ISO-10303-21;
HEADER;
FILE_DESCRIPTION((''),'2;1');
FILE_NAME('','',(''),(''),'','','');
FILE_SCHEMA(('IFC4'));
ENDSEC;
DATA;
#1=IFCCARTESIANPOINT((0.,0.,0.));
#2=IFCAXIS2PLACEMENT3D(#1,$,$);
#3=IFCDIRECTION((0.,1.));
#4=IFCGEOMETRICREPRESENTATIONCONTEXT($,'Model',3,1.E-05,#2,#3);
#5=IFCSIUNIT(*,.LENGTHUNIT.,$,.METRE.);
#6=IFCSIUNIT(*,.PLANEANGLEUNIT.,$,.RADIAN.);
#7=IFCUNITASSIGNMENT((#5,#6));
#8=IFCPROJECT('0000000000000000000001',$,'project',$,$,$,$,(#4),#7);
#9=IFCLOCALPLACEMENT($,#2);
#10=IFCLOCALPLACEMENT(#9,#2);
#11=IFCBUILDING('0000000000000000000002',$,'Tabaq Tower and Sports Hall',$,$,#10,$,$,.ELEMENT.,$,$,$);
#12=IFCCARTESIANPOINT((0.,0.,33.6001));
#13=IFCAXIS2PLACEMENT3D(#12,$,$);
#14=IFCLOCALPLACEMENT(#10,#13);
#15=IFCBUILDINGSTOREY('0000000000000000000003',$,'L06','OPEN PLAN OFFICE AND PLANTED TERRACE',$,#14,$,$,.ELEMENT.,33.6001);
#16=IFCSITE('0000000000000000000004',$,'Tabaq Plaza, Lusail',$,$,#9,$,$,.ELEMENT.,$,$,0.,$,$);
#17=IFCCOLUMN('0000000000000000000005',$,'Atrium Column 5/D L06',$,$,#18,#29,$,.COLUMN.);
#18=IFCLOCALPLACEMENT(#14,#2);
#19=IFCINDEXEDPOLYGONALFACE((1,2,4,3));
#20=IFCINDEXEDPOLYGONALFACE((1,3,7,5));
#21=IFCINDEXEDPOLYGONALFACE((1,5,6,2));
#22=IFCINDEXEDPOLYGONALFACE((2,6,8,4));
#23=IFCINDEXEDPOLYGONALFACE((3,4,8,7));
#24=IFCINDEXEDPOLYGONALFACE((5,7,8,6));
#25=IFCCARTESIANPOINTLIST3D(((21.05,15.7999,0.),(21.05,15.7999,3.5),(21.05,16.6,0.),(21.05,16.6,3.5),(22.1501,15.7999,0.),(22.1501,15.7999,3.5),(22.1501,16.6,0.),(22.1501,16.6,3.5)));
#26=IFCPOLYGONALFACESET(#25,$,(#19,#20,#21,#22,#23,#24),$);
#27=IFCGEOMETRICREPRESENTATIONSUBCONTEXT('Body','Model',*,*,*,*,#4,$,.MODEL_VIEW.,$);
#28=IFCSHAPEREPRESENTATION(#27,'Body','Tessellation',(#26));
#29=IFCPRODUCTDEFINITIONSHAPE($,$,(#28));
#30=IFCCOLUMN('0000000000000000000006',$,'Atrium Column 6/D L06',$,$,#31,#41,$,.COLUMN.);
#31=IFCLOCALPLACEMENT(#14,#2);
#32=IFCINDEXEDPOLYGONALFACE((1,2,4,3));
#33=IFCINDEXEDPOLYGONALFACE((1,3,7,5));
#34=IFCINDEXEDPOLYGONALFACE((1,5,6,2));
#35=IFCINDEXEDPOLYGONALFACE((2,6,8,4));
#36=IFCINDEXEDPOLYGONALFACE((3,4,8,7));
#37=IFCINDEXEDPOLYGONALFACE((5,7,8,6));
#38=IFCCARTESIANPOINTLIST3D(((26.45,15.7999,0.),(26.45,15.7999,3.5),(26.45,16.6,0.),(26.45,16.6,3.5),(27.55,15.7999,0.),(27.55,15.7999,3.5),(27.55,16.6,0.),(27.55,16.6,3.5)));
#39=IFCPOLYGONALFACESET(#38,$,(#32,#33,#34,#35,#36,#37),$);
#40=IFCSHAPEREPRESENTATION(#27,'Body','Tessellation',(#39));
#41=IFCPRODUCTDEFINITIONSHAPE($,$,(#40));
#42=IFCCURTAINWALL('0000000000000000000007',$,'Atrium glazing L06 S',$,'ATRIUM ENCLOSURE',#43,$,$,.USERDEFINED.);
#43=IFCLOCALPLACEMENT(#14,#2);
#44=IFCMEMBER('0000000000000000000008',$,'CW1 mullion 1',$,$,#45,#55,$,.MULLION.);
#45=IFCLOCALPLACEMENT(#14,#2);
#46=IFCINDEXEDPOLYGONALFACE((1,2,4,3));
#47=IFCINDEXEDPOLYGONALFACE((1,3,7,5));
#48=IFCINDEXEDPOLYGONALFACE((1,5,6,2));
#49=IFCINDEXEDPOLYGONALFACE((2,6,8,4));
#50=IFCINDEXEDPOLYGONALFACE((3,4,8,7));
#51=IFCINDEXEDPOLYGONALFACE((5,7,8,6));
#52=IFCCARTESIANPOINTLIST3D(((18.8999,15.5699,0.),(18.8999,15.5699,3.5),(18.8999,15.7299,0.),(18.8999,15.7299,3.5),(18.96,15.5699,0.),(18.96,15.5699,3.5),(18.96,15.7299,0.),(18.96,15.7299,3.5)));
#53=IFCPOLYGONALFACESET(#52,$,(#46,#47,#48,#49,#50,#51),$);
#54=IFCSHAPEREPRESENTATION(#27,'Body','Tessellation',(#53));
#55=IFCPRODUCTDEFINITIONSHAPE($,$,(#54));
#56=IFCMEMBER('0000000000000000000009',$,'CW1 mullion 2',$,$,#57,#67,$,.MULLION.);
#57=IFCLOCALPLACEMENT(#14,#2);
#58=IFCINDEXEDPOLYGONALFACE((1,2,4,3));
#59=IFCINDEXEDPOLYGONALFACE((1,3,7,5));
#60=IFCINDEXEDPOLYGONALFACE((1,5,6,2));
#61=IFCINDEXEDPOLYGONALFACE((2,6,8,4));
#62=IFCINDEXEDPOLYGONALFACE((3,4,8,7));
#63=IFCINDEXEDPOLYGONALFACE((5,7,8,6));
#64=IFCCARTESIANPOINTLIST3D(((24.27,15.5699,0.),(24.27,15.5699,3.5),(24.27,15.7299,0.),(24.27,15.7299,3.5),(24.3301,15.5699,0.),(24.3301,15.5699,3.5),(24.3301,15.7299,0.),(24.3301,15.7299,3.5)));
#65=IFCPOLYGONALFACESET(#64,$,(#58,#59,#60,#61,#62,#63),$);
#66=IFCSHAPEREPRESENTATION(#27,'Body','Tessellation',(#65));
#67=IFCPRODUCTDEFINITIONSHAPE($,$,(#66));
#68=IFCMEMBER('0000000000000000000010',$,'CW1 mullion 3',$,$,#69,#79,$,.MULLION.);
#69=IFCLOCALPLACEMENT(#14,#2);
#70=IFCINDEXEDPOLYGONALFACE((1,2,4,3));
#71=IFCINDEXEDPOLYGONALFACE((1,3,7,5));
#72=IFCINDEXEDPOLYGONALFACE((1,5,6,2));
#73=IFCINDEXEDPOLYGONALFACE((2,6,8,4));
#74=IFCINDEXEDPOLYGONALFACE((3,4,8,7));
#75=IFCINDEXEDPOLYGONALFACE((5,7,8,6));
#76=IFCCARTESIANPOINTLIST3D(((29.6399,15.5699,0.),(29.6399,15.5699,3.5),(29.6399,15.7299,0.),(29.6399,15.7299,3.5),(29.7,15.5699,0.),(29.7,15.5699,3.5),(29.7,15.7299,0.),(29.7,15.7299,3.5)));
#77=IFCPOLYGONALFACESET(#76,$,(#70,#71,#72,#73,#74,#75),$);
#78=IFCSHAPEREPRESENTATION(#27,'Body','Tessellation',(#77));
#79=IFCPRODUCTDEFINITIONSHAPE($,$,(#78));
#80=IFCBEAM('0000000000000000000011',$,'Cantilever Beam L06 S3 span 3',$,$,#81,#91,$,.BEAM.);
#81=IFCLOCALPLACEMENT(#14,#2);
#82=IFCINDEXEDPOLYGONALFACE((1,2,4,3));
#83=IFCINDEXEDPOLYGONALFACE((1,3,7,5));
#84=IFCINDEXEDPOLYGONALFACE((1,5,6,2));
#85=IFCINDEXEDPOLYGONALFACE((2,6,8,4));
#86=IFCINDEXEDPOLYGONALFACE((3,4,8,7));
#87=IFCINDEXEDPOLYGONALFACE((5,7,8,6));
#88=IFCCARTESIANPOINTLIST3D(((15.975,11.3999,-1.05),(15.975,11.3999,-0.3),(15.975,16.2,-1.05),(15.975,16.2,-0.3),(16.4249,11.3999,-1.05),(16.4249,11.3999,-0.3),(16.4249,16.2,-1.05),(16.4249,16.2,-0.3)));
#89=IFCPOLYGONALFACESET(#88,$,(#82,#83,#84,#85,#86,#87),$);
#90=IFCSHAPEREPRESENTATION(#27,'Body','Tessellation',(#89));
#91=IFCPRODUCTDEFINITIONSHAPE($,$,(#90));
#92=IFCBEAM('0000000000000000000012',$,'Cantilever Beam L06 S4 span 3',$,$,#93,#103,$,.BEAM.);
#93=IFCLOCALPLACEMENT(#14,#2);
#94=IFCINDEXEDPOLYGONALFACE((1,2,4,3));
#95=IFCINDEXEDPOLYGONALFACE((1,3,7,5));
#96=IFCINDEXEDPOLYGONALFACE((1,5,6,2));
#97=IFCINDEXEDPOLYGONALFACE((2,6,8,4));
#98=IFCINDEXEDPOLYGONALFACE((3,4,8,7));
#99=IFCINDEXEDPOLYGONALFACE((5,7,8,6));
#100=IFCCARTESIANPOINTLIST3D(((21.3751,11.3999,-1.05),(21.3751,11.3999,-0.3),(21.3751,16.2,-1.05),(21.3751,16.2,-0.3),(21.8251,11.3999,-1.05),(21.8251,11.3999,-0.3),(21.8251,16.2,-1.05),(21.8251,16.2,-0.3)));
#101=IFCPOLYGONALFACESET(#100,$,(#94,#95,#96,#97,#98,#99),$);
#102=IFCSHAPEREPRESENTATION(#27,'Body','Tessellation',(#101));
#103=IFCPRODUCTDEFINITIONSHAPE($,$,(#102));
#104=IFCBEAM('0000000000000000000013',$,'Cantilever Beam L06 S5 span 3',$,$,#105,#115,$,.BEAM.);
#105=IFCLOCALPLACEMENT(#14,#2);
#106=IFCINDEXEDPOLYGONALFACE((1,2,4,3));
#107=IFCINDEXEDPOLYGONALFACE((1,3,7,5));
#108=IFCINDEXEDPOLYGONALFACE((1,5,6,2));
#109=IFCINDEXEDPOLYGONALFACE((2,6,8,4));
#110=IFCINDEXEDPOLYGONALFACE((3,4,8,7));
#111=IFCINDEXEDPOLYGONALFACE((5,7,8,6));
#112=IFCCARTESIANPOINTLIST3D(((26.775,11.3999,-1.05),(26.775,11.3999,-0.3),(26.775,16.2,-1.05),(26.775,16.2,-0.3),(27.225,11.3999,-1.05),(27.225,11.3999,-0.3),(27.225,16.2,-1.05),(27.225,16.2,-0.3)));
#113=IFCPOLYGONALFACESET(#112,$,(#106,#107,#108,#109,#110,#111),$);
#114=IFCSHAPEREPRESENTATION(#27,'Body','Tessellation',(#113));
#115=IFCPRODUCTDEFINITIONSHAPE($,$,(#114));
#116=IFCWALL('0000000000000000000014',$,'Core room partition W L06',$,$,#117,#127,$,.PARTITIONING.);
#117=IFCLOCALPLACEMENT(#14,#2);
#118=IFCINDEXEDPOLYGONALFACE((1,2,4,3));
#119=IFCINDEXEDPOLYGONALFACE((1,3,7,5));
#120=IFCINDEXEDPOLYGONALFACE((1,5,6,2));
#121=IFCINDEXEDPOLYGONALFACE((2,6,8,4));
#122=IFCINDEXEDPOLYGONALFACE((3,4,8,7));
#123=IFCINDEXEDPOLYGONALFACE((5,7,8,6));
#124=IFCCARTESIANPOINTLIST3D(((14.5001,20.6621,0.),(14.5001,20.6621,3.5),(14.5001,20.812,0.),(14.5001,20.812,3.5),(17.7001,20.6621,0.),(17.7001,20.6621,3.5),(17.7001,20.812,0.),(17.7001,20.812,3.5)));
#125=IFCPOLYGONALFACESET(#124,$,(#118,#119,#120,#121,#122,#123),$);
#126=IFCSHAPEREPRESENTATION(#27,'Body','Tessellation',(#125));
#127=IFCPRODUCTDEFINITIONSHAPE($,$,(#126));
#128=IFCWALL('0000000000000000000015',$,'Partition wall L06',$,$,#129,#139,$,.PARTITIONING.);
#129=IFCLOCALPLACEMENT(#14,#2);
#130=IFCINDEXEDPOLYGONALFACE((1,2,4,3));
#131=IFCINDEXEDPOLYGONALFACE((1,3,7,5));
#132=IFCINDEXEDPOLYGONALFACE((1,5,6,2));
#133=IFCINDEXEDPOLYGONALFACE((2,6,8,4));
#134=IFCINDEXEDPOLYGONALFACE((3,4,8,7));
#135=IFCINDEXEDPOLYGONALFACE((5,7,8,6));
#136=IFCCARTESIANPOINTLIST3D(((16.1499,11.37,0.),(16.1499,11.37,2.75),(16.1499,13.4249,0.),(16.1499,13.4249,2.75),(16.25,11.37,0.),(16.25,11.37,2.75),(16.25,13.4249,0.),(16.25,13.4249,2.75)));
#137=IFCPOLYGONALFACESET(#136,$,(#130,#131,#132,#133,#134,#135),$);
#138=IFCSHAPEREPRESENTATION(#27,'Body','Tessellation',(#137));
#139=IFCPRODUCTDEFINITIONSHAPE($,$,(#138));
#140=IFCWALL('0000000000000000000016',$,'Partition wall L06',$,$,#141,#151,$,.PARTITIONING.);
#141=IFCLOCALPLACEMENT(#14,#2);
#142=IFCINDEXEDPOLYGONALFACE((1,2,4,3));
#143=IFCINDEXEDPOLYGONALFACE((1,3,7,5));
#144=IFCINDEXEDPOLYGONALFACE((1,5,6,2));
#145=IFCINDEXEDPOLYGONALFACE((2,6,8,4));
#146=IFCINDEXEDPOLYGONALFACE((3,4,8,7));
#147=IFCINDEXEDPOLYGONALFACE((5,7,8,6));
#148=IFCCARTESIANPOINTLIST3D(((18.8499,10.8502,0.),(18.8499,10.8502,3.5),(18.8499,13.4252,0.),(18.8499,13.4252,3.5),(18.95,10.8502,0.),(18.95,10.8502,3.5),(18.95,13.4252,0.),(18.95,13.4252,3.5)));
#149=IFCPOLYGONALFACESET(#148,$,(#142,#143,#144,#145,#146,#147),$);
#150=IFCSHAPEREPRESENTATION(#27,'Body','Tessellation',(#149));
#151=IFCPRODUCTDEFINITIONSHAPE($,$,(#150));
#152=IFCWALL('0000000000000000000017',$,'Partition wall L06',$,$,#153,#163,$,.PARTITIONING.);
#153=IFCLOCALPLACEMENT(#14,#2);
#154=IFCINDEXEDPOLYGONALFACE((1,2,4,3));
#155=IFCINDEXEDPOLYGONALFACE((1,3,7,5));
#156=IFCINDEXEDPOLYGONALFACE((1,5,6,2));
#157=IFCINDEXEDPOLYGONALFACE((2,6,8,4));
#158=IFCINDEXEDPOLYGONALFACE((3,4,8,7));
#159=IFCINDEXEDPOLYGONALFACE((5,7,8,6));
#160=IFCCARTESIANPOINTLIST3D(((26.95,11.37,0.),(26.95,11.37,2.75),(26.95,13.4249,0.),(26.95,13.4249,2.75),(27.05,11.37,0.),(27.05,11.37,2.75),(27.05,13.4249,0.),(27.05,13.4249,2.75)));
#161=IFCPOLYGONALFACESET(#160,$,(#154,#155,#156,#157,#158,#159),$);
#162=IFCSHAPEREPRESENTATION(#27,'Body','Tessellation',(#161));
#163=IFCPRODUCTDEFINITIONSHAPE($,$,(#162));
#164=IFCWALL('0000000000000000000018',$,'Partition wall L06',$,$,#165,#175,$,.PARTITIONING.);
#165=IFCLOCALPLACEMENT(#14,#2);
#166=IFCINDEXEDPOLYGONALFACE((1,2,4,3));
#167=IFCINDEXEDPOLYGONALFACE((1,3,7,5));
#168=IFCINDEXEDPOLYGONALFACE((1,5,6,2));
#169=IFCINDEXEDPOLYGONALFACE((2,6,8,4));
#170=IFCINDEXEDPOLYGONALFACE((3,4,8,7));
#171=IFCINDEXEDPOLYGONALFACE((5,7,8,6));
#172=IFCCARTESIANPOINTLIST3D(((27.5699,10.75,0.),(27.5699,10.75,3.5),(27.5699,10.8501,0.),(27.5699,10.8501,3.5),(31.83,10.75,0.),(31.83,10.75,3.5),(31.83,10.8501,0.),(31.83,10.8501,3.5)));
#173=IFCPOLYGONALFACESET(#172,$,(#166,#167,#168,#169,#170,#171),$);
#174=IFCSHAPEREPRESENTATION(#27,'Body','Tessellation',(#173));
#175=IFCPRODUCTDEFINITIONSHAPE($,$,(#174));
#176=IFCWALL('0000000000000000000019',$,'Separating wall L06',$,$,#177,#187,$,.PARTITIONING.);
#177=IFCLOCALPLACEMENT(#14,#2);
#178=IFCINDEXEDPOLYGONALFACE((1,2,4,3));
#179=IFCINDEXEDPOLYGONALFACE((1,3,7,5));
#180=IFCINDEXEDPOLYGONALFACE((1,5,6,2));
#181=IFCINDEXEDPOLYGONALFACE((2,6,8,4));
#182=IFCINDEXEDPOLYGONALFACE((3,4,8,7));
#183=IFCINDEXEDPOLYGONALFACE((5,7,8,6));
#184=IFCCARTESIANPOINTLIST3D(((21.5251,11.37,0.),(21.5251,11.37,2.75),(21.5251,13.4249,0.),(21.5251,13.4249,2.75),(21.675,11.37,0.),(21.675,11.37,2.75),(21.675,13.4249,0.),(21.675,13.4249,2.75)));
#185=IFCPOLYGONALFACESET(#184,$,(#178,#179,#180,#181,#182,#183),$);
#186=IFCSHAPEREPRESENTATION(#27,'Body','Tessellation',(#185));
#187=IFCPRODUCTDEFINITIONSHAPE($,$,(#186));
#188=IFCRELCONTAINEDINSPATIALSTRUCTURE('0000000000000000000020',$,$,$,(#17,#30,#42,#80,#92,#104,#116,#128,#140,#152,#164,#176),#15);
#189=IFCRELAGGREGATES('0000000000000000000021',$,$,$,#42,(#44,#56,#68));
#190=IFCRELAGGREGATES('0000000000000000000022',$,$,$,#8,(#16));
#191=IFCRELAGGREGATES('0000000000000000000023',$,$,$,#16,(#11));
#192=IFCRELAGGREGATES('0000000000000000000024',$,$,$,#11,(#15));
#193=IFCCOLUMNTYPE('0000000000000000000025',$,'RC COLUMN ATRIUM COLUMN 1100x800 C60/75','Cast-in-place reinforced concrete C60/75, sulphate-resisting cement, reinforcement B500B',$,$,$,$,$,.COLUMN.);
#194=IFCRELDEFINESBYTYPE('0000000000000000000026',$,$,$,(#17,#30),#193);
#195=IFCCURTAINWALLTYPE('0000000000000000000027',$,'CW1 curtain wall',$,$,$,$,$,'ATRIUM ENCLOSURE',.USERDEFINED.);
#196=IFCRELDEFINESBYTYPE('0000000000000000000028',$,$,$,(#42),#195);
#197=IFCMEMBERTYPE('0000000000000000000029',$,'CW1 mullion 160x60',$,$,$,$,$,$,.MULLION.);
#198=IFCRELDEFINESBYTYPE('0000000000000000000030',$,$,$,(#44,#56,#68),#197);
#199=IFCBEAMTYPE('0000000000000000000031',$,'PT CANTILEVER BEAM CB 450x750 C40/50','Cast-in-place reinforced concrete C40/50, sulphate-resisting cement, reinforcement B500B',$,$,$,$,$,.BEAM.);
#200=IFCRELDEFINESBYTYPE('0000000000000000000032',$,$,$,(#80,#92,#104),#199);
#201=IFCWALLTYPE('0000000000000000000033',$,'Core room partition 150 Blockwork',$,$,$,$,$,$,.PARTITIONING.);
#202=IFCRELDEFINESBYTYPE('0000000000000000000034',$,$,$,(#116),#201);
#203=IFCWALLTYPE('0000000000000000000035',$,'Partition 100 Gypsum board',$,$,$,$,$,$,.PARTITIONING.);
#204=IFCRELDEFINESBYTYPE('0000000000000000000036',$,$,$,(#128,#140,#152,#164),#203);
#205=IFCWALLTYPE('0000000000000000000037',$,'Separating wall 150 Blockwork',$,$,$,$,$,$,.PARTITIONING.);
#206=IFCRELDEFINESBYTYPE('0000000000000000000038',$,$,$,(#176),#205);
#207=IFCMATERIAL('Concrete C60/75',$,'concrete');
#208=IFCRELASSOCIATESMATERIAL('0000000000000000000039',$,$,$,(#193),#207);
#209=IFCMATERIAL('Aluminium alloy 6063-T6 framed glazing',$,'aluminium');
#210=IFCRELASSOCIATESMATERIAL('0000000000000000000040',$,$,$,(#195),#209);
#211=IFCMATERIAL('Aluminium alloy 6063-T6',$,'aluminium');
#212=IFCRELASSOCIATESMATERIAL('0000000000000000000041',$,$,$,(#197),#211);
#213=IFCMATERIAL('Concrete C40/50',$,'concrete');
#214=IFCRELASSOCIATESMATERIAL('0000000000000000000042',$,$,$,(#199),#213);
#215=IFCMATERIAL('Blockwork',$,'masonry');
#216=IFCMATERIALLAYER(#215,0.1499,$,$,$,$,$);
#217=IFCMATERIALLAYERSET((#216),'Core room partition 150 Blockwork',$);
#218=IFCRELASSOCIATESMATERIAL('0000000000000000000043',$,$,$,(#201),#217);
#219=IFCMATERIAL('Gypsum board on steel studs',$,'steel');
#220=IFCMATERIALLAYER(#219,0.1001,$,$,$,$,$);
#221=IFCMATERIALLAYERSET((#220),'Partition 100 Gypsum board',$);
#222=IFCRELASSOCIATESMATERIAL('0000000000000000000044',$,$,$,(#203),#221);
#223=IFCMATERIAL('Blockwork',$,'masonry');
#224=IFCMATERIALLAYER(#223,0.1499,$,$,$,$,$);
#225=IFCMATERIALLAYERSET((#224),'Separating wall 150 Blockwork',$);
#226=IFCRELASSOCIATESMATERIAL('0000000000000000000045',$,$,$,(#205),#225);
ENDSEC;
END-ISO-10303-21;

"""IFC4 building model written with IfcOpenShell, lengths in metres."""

from ifc_helpers import new_model, si_unit, direction, frame, frame_2d, origin, origin_2d, place, context, subcontext, project, spatial, rectangle, extrude, material, layer, layer_set, material_profile, profile_set, type_object, element, aggregate, save


model = new_model("IFC4")

# Units and contexts
model_context = context("Model", 3, precision=1e-05, world=origin(), true_north=direction((0.0, 1.0)))
body_context = subcontext(model_context, "Body", "Model", "MODEL_VIEW")
ifc_project = project(units=[si_unit("LENGTHUNIT", "METRE"), si_unit("PLANEANGLEUNIT", "RADIAN")], contexts=[model_context])

# Site, building, storey
site_placement = place(None, origin())
site = spatial("IfcSite", under=ifc_project, at=site_placement, Name="Tabaq Plaza, Lusail", CompositionType="ELEMENT", RefElevation=0.0)
building_placement = place(site_placement, origin())
building = spatial("IfcBuilding", under=site, at=building_placement, Name="Tabaq Tower and Sports Hall", CompositionType="ELEMENT")
storey_placement = place(building_placement, frame((0.0, 0.0, 33.6001)))
storey = spatial("IfcBuildingStorey", under=building, at=storey_placement, Name="L06", Description="OPEN PLAN OFFICE AND PLANTED TERRACE", CompositionType="ELEMENT", Elevation=33.6001)

# Columns
ifc_material_1 = material(Name="Concrete C60/75", Category="concrete")
ifc_material_profile_1 = material_profile(ifc_material_1, rectangle(XDim=1.1001, YDim=0.8, at=origin_2d()), Name="ATRIUM COLUMN 1100x800")
ifc_profile_set_1 = profile_set([ifc_material_profile_1], Name="Concrete C60/75")
column_type = type_object("IfcColumnType", Name="RC COLUMN ATRIUM COLUMN 1100x800 C60/75", Description="Cast-in-place reinforced concrete C60/75, sulphate-resisting cement, reinforcement B500B", PredefinedType="COLUMN", material=ifc_profile_set_1)
for number, where, z_axis, x_axis, name in (
    (1, (21.6001, 16.2, 0.0), (0.0, 0.0, 1.0), (1.0, 0.0, 0.0), "Atrium Column 5/D L06"),
    (2, (27.0, 16.2, 0.0), (0.0, 0.0, 1.0), (1.0, 0.0, 0.0), "Atrium Column 6/D L06"),
):
    element("IfcColumn", number, at=place(storey_placement, frame(where, z_axis=z_axis, x_axis=x_axis)), inside=storey, type_object=column_type, Name=name, PredefinedType="COLUMN", context=body_context, shape_type="SweptSolid", body=[
        extrude(rectangle(XDim=1.1001, YDim=0.8, at=origin_2d()), origin(), (0.0, 0.0, 1.0), 3.5),
    ])

# Curtain wall, members
ifc_material_2 = material(Name="Aluminium alloy 6063-T6 framed glazing", Category="aluminium")
curtain_wall_type = type_object("IfcCurtainWallType", Name="CW1 curtain wall", ElementType="ATRIUM ENCLOSURE", PredefinedType="USERDEFINED", material=ifc_material_2)
curtain_wall_placement = place(storey_placement, origin())
curtain_wall = element("IfcCurtainWall", 3, at=curtain_wall_placement, inside=storey, type_object=curtain_wall_type, Name="Atrium glazing L06 S", ObjectType="ATRIUM ENCLOSURE", PredefinedType="USERDEFINED")
ifc_material_3 = material(Name="Aluminium alloy 6063-T6", Category="aluminium")
ifc_material_profile_2 = material_profile(ifc_material_3, rectangle(XDim=0.1599, YDim=0.0601, at=origin_2d()), Name="MULLION 160x60")
ifc_profile_set_2 = profile_set([ifc_material_profile_2], Name="Aluminium alloy 6063-T6")
member_type = type_object("IfcMemberType", Name="CW1 mullion 160x60", PredefinedType="MULLION", material=ifc_profile_set_2)
member_1_placement = place(storey_placement, frame((18.9299, 15.6499, 0.0), z_axis=(0.0, 0.0, 1.0), x_axis=(0.0, 1.0, 0.0)))
member_1 = element("IfcMember", 4, at=member_1_placement, type_object=member_type, Name="CW1 mullion 1", PredefinedType="MULLION", context=body_context, shape_type="SweptSolid", body=[
    extrude(rectangle(XDim=0.1599, YDim=0.0601, at=origin_2d()), origin(), (0.0, 0.0, 1.0), 3.5),
])
member_2_placement = place(storey_placement, frame((24.3, 15.6499, 0.0), z_axis=(0.0, 0.0, 1.0), x_axis=(0.0, 1.0, 0.0)))
member_2 = element("IfcMember", 5, at=member_2_placement, type_object=member_type, Name="CW1 mullion 2", PredefinedType="MULLION", context=body_context, shape_type="SweptSolid", body=[
    extrude(rectangle(XDim=0.1599, YDim=0.0601, at=origin_2d()), origin(), (0.0, 0.0, 1.0), 3.5),
])
member_3_placement = place(storey_placement, frame((29.6699, 15.6499, 0.0), z_axis=(0.0, 0.0, 1.0), x_axis=(0.0, 1.0, 0.0)))
member_3 = element("IfcMember", 6, at=member_3_placement, type_object=member_type, Name="CW1 mullion 3", PredefinedType="MULLION", context=body_context, shape_type="SweptSolid", body=[
    extrude(rectangle(XDim=0.1599, YDim=0.0601, at=origin_2d()), origin(), (0.0, 0.0, 1.0), 3.5),
])
aggregate(curtain_wall, [member_1, member_2, member_3])

# Beams
ifc_material_4 = material(Name="Concrete C40/50", Category="concrete")
ifc_material_profile_3 = material_profile(ifc_material_4, rectangle(XDim=0.45, YDim=0.75, at=origin_2d()), Name="CB 450x750")
ifc_profile_set_3 = profile_set([ifc_material_profile_3], Name="Concrete C40/50")
beam_type = type_object("IfcBeamType", Name="PT CANTILEVER BEAM CB 450x750 C40/50", Description="Cast-in-place reinforced concrete C40/50, sulphate-resisting cement, reinforcement B500B", PredefinedType="BEAM", material=ifc_profile_set_3)
for number, where, z_axis, x_axis, name in (
    (7, (16.2, 11.3999, -0.675), (0.0, 1.0, 0.0), (-1.0, 0.0, 0.0), "Cantilever Beam L06 S3 span 3"),
    (8, (21.6001, 11.3999, -0.675), (0.0, 1.0, 0.0), (-1.0, 0.0, 0.0), "Cantilever Beam L06 S4 span 3"),
    (9, (27.0, 11.3999, -0.675), (0.0, 1.0, 0.0), (-1.0, 0.0, 0.0), "Cantilever Beam L06 S5 span 3"),
):
    element("IfcBeam", number, at=place(storey_placement, frame(where, z_axis=z_axis, x_axis=x_axis)), inside=storey, type_object=beam_type, Name=name, PredefinedType="BEAM", context=body_context, shape_type="SweptSolid", body=[
        extrude(rectangle(XDim=0.45, YDim=0.75, at=origin_2d()), origin(), (0.0, 0.0, 1.0), 4.8),
    ])

# Wall
ifc_material_5 = material(Name="Blockwork", Category="masonry")
ifc_layer_1 = layer(ifc_material_5, 0.1499)
ifc_layer_set_1 = layer_set([ifc_layer_1], Name="Core room partition 150 Blockwork")
wall_type_1 = type_object("IfcWallType", Name="Core room partition 150 Blockwork", PredefinedType="PARTITIONING", material=ifc_layer_set_1)
wall_1_placement = place(storey_placement, frame((14.5, 20.7371, 0.0), z_axis=(0.0, 0.0, 1.0), x_axis=(1.0, 0.0, 0.0)))
element("IfcWall", 10, at=wall_1_placement, inside=storey, type_object=wall_type_1, Name="Core room partition W L06", PredefinedType="PARTITIONING", context=body_context, shape_type="SweptSolid", body=[
    extrude(rectangle(XDim=3.2, YDim=0.1499, at=frame_2d((1.6001, 0.0))), origin(), (0.0, 0.0, 1.0), 3.5),
])

# Walls
ifc_material_6 = material(Name="Gypsum board on steel studs", Category="steel")
ifc_layer_2 = layer(ifc_material_6, 0.1001)
ifc_layer_set_2 = layer_set([ifc_layer_2], Name="Partition 100 Gypsum board")
wall_type_2 = type_object("IfcWallType", Name="Partition 100 Gypsum board", PredefinedType="PARTITIONING", material=ifc_layer_set_2)
wall_2_placement = place(storey_placement, frame((16.2, 11.3701, 0.0), z_axis=(0.0, 0.0, 1.0), x_axis=(0.0, 1.0, 0.0)))
element("IfcWall", 11, at=wall_2_placement, inside=storey, type_object=wall_type_2, Name="Partition wall L06", PredefinedType="PARTITIONING", context=body_context, shape_type="SweptSolid", body=[
    extrude(rectangle(XDim=2.0549, YDim=0.1001, at=frame_2d((1.0273, 0.0))), origin(), (0.0, 0.0, 1.0), 2.75),
])
wall_3_placement = place(storey_placement, frame((18.8999, 10.8501, 0.0), z_axis=(0.0, 0.0, 1.0), x_axis=(0.0, 1.0, 0.0)))
element("IfcWall", 12, at=wall_3_placement, inside=storey, type_object=wall_type_2, Name="Partition wall L06", PredefinedType="PARTITIONING", context=body_context, shape_type="SweptSolid", body=[
    extrude(rectangle(XDim=2.575, YDim=0.1001, at=frame_2d((1.2876, 0.0))), origin(), (0.0, 0.0, 1.0), 3.5),
])
wall_4_placement = place(storey_placement, frame((27.0, 11.3701, 0.0), z_axis=(0.0, 0.0, 1.0), x_axis=(0.0, 1.0, 0.0)))
element("IfcWall", 13, at=wall_4_placement, inside=storey, type_object=wall_type_2, Name="Partition wall L06", PredefinedType="PARTITIONING", context=body_context, shape_type="SweptSolid", body=[
    extrude(rectangle(XDim=2.0549, YDim=0.1001, at=frame_2d((1.0273, 0.0))), origin(), (0.0, 0.0, 1.0), 2.75),
])
wall_5_placement = place(storey_placement, frame((27.5701, 10.8, 0.0), z_axis=(0.0, 0.0, 1.0), x_axis=(1.0, 0.0, 0.0)))
element("IfcWall", 14, at=wall_5_placement, inside=storey, type_object=wall_type_2, Name="Partition wall L06", PredefinedType="PARTITIONING", context=body_context, shape_type="SweptSolid", body=[
    extrude(rectangle(XDim=4.26, YDim=0.1001, at=frame_2d((2.1299, 0.0))), origin(), (0.0, 0.0, 1.0), 3.5),
])
ifc_material_7 = material(Name="Blockwork", Category="masonry")
ifc_layer_3 = layer(ifc_material_7, 0.1499)
ifc_layer_set_3 = layer_set([ifc_layer_3], Name="Separating wall 150 Blockwork")
wall_type_3 = type_object("IfcWallType", Name="Separating wall 150 Blockwork", PredefinedType="PARTITIONING", material=ifc_layer_set_3)
wall_6_placement = place(storey_placement, frame((21.6001, 11.3701, 0.0), z_axis=(0.0, 0.0, 1.0), x_axis=(0.0, 1.0, 0.0)))
element("IfcWall", 15, at=wall_6_placement, inside=storey, type_object=wall_type_3, Name="Separating wall L06", PredefinedType="PARTITIONING", context=body_context, shape_type="SweptSolid", body=[
    extrude(rectangle(XDim=2.0549, YDim=0.1499, at=frame_2d((1.0273, 0.0))), origin(), (0.0, 0.0, 1.0), 2.75),
])

save(model, "model.ifc")
